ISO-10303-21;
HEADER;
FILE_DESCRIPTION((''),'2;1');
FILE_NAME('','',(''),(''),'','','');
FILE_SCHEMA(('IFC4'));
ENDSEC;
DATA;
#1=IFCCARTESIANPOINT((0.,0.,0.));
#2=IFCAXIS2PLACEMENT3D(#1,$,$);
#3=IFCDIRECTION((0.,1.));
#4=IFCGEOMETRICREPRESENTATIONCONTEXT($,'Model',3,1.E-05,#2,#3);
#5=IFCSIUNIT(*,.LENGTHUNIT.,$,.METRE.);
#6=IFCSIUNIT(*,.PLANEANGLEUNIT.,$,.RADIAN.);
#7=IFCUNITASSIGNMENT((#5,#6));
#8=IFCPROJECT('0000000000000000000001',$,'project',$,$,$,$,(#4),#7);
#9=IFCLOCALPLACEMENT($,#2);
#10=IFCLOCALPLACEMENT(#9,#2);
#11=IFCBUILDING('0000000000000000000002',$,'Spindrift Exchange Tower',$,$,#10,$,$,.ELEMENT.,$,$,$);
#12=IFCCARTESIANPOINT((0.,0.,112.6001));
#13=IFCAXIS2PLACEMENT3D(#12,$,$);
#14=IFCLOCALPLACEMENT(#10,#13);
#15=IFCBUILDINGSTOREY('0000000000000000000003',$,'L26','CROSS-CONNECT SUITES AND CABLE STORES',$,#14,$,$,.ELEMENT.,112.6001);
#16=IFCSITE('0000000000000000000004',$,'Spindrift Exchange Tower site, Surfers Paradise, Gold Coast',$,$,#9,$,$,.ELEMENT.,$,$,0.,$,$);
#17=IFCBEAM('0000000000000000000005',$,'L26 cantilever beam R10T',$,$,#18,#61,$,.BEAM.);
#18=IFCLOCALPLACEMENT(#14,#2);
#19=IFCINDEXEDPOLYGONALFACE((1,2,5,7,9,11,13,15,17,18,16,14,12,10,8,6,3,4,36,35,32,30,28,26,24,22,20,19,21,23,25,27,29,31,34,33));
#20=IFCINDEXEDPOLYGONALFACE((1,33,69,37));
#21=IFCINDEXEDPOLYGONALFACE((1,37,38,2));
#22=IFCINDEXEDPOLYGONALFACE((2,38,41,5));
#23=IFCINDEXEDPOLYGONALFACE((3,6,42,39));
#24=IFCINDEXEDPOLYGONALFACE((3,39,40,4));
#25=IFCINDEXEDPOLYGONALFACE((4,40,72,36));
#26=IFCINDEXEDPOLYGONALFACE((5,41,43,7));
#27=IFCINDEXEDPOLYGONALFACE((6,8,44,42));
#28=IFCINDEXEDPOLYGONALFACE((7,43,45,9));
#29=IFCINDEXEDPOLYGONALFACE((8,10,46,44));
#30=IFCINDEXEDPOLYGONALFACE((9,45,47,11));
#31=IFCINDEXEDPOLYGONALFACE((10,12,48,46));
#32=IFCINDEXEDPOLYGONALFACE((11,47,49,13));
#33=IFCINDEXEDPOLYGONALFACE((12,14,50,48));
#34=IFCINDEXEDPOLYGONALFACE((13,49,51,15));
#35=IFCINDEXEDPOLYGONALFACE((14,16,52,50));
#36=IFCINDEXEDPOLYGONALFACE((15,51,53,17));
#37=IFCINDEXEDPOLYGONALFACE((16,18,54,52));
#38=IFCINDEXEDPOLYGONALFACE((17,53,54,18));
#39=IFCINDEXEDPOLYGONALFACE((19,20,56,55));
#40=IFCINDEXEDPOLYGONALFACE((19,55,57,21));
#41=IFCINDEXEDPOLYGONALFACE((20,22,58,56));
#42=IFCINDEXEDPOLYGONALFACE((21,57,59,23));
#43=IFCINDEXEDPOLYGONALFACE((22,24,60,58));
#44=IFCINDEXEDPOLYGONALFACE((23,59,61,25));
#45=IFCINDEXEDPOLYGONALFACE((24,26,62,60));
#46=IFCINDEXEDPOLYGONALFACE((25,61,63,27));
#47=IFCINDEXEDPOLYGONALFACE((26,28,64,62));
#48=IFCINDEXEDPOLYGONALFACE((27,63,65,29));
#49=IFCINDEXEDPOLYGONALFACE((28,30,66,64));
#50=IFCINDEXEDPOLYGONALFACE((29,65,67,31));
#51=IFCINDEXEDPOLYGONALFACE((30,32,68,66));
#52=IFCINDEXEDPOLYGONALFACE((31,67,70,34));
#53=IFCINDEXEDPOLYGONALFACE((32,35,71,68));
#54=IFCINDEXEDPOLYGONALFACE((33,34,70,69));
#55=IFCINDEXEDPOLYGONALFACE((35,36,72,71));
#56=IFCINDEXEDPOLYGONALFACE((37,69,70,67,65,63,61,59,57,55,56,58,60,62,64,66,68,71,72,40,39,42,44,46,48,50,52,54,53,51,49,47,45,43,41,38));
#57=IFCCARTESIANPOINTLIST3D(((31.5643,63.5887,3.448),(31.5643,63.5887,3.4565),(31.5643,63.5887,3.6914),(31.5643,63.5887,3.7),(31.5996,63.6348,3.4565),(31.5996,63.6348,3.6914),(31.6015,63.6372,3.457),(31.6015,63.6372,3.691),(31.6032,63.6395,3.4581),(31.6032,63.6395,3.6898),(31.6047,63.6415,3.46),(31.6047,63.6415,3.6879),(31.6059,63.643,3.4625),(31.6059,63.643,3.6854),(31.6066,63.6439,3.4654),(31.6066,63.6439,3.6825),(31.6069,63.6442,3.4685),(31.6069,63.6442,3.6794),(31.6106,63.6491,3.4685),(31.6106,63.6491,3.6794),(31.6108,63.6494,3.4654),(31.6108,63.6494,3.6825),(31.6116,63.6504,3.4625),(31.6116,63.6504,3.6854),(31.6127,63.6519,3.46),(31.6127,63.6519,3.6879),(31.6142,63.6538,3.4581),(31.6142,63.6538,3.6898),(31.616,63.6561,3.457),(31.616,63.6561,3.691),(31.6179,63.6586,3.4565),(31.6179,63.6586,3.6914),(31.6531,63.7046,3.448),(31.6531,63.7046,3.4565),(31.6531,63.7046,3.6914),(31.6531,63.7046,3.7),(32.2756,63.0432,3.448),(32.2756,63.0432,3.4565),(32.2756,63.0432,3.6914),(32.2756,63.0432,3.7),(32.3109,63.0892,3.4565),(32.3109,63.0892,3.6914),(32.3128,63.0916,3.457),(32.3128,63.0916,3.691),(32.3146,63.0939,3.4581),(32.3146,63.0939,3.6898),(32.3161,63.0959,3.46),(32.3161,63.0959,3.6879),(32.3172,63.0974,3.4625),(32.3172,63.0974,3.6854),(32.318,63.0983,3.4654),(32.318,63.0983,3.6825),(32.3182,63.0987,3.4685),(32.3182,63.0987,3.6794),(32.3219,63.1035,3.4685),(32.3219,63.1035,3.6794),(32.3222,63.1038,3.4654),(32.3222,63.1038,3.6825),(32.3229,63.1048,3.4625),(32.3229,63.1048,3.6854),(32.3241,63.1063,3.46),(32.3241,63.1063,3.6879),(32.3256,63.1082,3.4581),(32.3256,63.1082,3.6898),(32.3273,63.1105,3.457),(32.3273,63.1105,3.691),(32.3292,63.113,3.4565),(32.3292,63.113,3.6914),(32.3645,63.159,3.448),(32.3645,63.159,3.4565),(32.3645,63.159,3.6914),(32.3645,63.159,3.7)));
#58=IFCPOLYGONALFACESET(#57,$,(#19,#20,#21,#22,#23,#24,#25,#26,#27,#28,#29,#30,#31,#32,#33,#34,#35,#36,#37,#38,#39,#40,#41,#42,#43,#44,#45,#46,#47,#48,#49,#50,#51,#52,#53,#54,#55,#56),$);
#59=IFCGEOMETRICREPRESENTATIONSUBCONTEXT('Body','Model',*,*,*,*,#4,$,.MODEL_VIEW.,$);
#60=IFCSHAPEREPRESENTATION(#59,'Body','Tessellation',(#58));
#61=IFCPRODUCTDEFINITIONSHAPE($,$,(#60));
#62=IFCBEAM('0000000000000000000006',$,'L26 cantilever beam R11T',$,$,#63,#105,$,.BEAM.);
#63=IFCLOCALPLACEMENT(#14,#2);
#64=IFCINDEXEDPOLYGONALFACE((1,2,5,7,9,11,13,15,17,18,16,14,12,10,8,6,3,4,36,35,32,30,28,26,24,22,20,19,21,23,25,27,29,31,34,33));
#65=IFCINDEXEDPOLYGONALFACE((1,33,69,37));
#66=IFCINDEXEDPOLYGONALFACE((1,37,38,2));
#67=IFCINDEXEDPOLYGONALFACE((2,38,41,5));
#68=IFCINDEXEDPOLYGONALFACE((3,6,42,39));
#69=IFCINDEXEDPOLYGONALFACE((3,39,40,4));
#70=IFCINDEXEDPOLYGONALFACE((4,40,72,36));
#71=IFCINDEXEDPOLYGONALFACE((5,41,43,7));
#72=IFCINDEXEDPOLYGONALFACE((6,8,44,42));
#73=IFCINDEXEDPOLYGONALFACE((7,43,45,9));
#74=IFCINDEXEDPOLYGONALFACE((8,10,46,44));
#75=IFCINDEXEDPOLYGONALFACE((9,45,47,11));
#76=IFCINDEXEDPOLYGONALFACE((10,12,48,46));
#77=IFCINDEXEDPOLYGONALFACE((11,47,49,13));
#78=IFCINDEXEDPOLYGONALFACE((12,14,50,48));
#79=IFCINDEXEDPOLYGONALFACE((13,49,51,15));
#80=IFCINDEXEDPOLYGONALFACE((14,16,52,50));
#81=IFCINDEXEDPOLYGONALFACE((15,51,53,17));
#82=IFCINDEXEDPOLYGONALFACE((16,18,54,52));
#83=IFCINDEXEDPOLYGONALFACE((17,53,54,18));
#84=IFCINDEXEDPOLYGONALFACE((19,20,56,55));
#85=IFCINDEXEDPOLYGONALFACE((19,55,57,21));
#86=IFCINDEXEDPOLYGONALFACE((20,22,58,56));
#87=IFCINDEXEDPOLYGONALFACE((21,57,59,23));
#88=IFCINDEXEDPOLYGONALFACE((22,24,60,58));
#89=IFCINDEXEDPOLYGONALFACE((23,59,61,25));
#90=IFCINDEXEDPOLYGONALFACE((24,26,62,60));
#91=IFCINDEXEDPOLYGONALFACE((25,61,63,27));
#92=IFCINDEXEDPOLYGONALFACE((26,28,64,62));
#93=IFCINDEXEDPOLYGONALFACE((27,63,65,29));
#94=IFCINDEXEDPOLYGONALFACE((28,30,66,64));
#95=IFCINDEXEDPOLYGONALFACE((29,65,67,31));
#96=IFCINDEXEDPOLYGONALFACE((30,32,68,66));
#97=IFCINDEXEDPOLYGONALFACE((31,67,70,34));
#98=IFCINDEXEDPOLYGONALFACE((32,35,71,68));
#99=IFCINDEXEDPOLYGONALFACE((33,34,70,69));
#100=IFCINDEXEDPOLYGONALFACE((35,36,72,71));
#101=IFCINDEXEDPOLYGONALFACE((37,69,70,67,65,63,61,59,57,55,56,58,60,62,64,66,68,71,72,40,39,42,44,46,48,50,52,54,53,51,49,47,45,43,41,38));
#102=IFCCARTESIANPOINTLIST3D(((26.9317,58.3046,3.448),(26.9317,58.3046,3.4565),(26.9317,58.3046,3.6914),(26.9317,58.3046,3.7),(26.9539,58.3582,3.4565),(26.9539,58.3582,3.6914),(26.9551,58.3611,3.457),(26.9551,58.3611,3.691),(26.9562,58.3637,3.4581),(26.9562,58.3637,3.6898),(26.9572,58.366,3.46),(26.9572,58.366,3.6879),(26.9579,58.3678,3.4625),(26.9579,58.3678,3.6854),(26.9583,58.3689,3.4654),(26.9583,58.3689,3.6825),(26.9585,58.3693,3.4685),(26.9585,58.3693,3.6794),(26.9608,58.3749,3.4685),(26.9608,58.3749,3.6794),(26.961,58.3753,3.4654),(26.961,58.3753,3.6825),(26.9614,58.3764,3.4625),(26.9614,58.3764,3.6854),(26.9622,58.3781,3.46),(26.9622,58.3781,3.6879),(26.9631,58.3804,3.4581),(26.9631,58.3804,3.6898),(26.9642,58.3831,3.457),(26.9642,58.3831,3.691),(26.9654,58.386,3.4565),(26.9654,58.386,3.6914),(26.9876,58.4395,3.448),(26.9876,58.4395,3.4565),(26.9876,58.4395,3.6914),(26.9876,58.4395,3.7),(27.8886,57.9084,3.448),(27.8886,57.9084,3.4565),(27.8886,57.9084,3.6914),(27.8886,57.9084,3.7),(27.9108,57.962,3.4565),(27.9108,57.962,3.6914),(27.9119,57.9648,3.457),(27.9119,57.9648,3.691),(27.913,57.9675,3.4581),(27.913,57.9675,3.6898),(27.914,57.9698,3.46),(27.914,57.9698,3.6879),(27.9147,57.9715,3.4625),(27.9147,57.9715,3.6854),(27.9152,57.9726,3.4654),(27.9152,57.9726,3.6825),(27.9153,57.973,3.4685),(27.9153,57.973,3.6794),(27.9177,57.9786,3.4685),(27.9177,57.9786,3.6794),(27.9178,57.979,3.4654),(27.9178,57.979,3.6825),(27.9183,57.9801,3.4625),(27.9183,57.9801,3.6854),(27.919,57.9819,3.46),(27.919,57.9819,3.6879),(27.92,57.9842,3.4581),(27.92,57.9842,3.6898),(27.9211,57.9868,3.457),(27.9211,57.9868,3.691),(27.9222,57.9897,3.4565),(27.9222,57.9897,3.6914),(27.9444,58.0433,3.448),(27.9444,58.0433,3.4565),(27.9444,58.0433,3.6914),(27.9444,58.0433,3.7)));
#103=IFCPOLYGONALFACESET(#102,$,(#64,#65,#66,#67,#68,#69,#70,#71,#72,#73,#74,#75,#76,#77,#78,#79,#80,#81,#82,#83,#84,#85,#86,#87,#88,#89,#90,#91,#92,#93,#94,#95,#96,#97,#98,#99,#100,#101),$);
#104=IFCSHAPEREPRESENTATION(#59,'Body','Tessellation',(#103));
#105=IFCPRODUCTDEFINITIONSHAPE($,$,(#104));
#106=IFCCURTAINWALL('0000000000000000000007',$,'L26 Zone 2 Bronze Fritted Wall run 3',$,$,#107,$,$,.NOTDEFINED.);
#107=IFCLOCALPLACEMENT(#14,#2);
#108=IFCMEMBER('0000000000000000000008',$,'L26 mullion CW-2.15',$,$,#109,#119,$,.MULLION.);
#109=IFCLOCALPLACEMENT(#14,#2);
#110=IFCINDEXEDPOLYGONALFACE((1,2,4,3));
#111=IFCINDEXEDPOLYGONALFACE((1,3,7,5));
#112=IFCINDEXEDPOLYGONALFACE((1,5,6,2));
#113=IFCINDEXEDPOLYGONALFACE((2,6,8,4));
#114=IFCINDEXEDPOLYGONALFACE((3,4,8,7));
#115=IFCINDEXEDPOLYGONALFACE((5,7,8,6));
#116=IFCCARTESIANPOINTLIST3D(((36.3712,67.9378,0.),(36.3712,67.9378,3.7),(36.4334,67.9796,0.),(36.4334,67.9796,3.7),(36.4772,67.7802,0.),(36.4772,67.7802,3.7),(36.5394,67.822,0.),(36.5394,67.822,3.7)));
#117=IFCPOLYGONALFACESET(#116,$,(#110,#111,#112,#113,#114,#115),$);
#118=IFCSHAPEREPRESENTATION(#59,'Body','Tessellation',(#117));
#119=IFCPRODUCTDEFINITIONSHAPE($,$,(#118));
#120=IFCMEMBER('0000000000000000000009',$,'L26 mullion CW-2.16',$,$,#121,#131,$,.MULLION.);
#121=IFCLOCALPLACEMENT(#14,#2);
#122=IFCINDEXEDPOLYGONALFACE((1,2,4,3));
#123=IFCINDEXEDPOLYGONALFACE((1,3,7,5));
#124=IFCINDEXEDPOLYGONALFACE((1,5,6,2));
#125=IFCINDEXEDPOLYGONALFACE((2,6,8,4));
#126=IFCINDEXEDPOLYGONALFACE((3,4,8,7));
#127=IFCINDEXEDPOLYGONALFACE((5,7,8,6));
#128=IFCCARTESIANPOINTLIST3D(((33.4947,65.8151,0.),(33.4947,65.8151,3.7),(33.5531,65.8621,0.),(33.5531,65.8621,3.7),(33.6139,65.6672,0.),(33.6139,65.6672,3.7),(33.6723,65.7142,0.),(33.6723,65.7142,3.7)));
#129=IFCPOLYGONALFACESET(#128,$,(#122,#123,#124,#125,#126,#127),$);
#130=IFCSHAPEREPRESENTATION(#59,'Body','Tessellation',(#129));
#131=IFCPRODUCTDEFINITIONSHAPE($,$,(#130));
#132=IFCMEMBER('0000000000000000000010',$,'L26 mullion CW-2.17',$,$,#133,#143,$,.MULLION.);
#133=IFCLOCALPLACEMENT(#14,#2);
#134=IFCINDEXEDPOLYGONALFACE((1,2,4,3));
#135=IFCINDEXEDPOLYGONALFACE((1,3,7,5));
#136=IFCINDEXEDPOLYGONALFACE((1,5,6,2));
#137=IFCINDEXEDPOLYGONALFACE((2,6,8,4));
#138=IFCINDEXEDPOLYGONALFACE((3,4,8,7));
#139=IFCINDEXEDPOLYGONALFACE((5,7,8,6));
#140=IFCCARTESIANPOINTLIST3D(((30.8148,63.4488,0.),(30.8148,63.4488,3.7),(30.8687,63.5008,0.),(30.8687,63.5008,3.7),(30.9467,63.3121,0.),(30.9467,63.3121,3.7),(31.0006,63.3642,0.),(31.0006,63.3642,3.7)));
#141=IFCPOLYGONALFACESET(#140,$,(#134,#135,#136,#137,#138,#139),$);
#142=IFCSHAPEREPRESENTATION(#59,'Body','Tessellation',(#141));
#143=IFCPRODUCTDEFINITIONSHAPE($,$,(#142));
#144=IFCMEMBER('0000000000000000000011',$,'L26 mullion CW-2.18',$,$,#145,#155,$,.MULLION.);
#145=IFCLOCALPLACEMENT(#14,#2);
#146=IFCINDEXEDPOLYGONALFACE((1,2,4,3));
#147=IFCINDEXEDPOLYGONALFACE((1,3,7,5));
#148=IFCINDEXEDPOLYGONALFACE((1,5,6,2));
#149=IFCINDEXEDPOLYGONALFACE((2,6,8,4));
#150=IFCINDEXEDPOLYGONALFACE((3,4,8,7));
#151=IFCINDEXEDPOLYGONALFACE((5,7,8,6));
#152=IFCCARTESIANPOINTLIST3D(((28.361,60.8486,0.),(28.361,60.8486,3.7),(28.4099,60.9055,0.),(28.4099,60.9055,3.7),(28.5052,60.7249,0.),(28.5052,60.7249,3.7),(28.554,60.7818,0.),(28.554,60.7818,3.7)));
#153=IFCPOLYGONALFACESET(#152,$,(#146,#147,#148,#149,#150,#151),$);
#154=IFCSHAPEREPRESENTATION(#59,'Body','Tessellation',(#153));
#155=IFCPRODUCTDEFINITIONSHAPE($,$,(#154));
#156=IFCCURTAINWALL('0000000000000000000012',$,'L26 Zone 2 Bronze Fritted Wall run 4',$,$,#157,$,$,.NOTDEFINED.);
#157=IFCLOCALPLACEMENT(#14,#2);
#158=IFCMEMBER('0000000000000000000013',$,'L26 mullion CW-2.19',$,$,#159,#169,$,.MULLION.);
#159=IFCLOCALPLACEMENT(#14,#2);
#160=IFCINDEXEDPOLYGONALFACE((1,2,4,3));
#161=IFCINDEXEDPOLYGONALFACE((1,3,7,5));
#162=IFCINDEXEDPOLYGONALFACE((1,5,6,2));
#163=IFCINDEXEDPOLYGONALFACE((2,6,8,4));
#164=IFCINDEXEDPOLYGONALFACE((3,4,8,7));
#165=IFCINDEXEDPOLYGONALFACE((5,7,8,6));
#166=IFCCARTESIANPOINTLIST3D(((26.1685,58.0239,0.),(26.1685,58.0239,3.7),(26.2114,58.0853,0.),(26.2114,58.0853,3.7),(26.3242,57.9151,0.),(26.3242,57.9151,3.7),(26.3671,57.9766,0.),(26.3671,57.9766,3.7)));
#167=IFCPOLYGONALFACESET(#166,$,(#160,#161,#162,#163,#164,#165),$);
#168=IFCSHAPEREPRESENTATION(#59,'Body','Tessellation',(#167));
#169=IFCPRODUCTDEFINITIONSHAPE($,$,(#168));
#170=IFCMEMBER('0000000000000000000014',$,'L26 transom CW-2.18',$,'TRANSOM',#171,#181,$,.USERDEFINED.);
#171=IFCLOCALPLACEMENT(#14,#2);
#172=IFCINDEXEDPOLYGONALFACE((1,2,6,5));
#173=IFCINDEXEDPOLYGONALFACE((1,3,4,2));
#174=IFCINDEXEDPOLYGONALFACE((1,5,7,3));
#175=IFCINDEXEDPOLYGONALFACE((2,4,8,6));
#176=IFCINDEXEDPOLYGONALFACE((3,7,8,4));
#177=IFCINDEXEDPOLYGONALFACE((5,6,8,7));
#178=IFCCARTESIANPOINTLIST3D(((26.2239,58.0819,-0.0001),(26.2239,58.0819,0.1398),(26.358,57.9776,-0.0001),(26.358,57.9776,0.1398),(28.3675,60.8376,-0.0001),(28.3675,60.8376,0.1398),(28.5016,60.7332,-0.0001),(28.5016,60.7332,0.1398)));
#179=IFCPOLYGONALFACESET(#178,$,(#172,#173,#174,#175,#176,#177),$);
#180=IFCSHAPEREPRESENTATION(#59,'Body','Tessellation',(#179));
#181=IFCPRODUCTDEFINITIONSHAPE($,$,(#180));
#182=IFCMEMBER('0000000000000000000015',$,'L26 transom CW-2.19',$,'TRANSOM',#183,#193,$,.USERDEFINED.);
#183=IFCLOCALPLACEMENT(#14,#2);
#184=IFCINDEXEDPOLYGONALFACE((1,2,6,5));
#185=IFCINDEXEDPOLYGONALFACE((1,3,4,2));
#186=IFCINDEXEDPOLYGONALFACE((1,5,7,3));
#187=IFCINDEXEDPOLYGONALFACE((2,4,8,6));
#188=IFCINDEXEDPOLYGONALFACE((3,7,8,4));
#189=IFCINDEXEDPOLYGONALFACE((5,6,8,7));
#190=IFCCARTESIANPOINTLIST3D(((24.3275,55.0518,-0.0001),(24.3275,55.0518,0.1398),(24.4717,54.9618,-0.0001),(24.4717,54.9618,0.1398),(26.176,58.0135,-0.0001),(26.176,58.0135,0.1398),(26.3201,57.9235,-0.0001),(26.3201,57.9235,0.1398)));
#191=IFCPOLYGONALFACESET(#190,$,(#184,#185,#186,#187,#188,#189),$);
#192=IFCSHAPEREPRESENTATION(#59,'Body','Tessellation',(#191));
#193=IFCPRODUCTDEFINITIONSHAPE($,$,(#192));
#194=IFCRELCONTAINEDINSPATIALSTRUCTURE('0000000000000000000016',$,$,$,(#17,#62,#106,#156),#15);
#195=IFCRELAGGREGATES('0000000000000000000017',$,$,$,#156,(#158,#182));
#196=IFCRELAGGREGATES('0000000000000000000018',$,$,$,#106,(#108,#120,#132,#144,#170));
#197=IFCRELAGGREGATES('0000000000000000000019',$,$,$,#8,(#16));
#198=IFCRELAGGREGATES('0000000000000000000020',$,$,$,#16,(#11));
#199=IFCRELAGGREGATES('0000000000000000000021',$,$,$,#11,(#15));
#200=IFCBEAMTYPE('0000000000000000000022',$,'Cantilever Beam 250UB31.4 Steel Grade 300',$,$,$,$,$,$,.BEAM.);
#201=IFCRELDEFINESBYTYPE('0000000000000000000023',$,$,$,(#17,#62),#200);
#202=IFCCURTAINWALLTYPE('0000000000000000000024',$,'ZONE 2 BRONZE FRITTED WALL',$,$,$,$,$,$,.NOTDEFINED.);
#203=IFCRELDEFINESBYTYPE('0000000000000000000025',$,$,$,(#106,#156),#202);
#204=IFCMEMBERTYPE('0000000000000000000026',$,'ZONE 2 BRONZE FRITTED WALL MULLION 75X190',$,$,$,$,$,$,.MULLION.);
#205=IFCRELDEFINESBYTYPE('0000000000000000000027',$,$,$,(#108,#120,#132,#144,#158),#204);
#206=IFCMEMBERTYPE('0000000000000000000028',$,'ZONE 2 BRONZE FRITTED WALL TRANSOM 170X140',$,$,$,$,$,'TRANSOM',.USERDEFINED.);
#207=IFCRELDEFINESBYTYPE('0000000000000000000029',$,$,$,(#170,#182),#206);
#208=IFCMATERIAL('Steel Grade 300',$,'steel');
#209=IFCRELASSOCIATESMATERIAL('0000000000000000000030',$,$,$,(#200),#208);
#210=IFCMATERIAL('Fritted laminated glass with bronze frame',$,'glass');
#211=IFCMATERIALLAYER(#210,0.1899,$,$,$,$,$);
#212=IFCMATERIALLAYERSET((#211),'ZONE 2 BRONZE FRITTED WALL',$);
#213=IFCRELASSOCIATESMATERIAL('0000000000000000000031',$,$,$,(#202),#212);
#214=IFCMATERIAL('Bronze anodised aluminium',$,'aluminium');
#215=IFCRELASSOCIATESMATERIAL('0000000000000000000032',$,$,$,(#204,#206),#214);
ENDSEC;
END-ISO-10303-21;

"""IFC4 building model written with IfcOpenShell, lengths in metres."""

from ifc_helpers import new_model, si_unit, direction, frame, origin, origin_2d, place, context, subcontext, project, spatial, rectangle, i_section, extrude, source, transform, mapped, material, layer, layer_set, material_profile, profile_set, type_object, element, aggregate, save


model = new_model("IFC4")

# Units and contexts
model_context = context("Model", 3, precision=1e-05, world=origin(), true_north=direction((0.0, 1.0)))
body_context = subcontext(model_context, "Body", "Model", "MODEL_VIEW")
ifc_project = project(units=[si_unit("LENGTHUNIT", "METRE"), si_unit("PLANEANGLEUNIT", "RADIAN")], contexts=[model_context])

# Site, building, storey
site_placement = place(None, origin())
site = spatial("IfcSite", under=ifc_project, at=site_placement, Name="Spindrift Exchange Tower site, Surfers Paradise, Gold Coast", CompositionType="ELEMENT", RefElevation=0.0)
building_placement = place(site_placement, origin())
building = spatial("IfcBuilding", under=site, at=building_placement, Name="Spindrift Exchange Tower", CompositionType="ELEMENT")
storey_placement = place(building_placement, frame((0.0, 0.0, 112.6001)))
storey = spatial("IfcBuildingStorey", under=building, at=storey_placement, Name="L26", Description="CROSS-CONNECT SUITES AND CABLE STORES", CompositionType="ELEMENT", Elevation=112.6001)

# Beams
ifc_material_1 = material(Name="Steel Grade 300", Category="steel")
ifc_material_profile_1 = material_profile(ifc_material_1, i_section(OverallWidth=0.146, OverallDepth=0.252, WebThickness=0.0061, FlangeThickness=0.0085, FilletRadius=0.012, at=origin_2d()), Name="250UB31.4")
ifc_profile_set_1 = profile_set([ifc_material_profile_1], Name="Steel Grade 300")
beam_type_1 = type_object("IfcBeamType", Name="Cantilever Beam 250UB31.4 Steel Grade 300", PredefinedType="BEAM", material=ifc_profile_set_1)
shared_shape_1 = source(origin(), body_context, "Body", "SweptSolid", [
    extrude(i_section(OverallWidth=0.146, OverallDepth=0.252, WebThickness=0.0061, FlangeThickness=0.0085, FilletRadius=0.012, at=origin_2d()), origin(), (0.0, 0.0, 1.0), 0.8965),
])
beam_1_placement = place(storey_placement, frame((32.3201, 63.1011, 3.574), z_axis=(-0.793484, 0.608592, 0.0), x_axis=(-0.608592, -0.793484, 0.0)))
element("IfcBeam", 1, at=beam_1_placement, inside=storey, type_object=beam_type_1, Name="L26 cantilever beam R10T", PredefinedType="BEAM", context=body_context, shape_type="MappedRepresentation", body=[
    mapped(shared_shape_1, transform((0.0, 0.0, 0.0), scale=1.0)),
])
shared_shape_2 = source(origin(), body_context, "Body", "SweptSolid", [
    extrude(i_section(OverallWidth=0.146, OverallDepth=0.252, WebThickness=0.0061, FlangeThickness=0.0085, FilletRadius=0.012, at=origin_2d()), origin(), (0.0, 0.0, 1.0), 1.0356),
])
beam_2_placement = place(storey_placement, frame((27.9165, 57.9758, 3.574), z_axis=(-0.923905, 0.382622, 0.0), x_axis=(-0.382622, -0.923905, 0.0)))
element("IfcBeam", 2, at=beam_2_placement, inside=storey, type_object=beam_type_1, Name="L26 cantilever beam R11T", PredefinedType="BEAM", context=body_context, shape_type="MappedRepresentation", body=[
    mapped(shared_shape_2, transform((0.0, 0.0, 0.0), scale=1.0)),
])

# Curtain wall, members
ifc_material_2 = material(Name="Fritted laminated glass with bronze frame", Category="glass")
ifc_layer_1 = layer(ifc_material_2, 0.1899)
ifc_layer_set_1 = layer_set([ifc_layer_1], Name="ZONE 2 BRONZE FRITTED WALL")
curtain_wall_type = type_object("IfcCurtainWallType", Name="ZONE 2 BRONZE FRITTED WALL", PredefinedType="NOTDEFINED", material=ifc_layer_set_1)
curtain_wall_1_placement = place(storey_placement, origin())
curtain_wall_1 = element("IfcCurtainWall", 3, at=curtain_wall_1_placement, inside=storey, type_object=curtain_wall_type, Name="L26 Zone 2 Bronze Fritted Wall run 3", PredefinedType="NOTDEFINED")
ifc_material_3 = material(Name="Bronze anodised aluminium", Category="aluminium")
ifc_material_profile_2 = material_profile(ifc_material_3, rectangle(XDim=0.075, YDim=0.1899, at=origin_2d()), Name="ZONE 2 BRONZE FRITTED WALL MULLION 75X190")
ifc_profile_set_2 = profile_set([ifc_material_profile_2], Name="Bronze anodised aluminium")
member_type_1 = type_object("IfcMemberType", Name="ZONE 2 BRONZE FRITTED WALL MULLION 75X190", PredefinedType="MULLION", material=ifc_profile_set_2)
shared_shape_3 = source(origin(), body_context, "Body", "SweptSolid", [
    extrude(rectangle(XDim=0.075, YDim=0.1899, at=origin_2d()), origin(), (0.0, 0.0, 1.0), 3.7),
])
member_1_placement = place(storey_placement, frame((36.4553, 67.8799, 0.0), z_axis=(0.0, 0.0, 1.0), x_axis=(-0.829707, -0.558199, 0.0)))
member_1 = element("IfcMember", 4, at=member_1_placement, type_object=member_type_1, Name="L26 mullion CW-2.15", PredefinedType="MULLION", context=body_context, shape_type="MappedRepresentation", body=[
    mapped(shared_shape_3, transform((0.0, 0.0, 0.0), scale=1.0)),
])
member_2_placement = place(storey_placement, frame((33.5835, 65.7646, 0.0), z_axis=(0.0, 0.0, 1.0), x_axis=(-0.778459, -0.627695, 0.0)))
member_2 = element("IfcMember", 5, at=member_2_placement, type_object=member_type_1, Name="L26 mullion CW-2.16", PredefinedType="MULLION", context=body_context, shape_type="MappedRepresentation", body=[
    mapped(shared_shape_3, transform((0.0, 0.0, 0.0), scale=1.0)),
])
member_3_placement = place(storey_placement, frame((30.9077, 63.4065, 0.0), z_axis=(0.0, 0.0, 1.0), x_axis=(-0.719389, -0.694607, 0.0)))
member_3 = element("IfcMember", 6, at=member_3_placement, type_object=member_type_1, Name="L26 mullion CW-2.17", PredefinedType="MULLION", context=body_context, shape_type="MappedRepresentation", body=[
    mapped(shared_shape_3, transform((0.0, 0.0, 0.0), scale=1.0)),
])
member_4_placement = place(storey_placement, frame((28.4575, 60.8152, 0.0), z_axis=(0.0, 0.0, 1.0), x_axis=(-0.651255, -0.758859, 0.0)))
member_4 = element("IfcMember", 7, at=member_4_placement, type_object=member_type_1, Name="L26 mullion CW-2.18", PredefinedType="MULLION", context=body_context, shape_type="MappedRepresentation", body=[
    mapped(shared_shape_3, transform((0.0, 0.0, 0.0), scale=1.0)),
])

# Curtain wall, member
curtain_wall_2_placement = place(storey_placement, origin())
curtain_wall_2 = element("IfcCurtainWall", 8, at=curtain_wall_2_placement, inside=storey, type_object=curtain_wall_type, Name="L26 Zone 2 Bronze Fritted Wall run 4", PredefinedType="NOTDEFINED")
member_5_placement = place(storey_placement, frame((26.2678, 58.0002, 0.0), z_axis=(0.0, 0.0, 1.0), x_axis=(-0.572494, -0.819909, 0.0)))
member_5 = element("IfcMember", 9, at=member_5_placement, type_object=member_type_1, Name="L26 mullion CW-2.19", PredefinedType="MULLION", context=body_context, shape_type="MappedRepresentation", body=[
    mapped(shared_shape_3, transform((0.0, 0.0, 0.0), scale=1.0)),
])

# Members
ifc_material_profile_3 = material_profile(ifc_material_3, rectangle(XDim=0.1699, YDim=0.1399, at=origin_2d()), Name="ZONE 2 BRONZE FRITTED WALL TRANSOM 170X140")
ifc_profile_set_3 = profile_set([ifc_material_profile_3], Name="Bronze anodised aluminium")
member_type_2 = type_object("IfcMemberType", Name="ZONE 2 BRONZE FRITTED WALL TRANSOM 170X140", ElementType="TRANSOM", PredefinedType="USERDEFINED", material=ifc_profile_set_3)
shared_shape_4 = source(origin(), body_context, "Body", "SweptSolid", [
    extrude(rectangle(XDim=0.1699, YDim=0.1399, at=origin_2d()), origin(), (0.0, 0.0, 1.0), 3.4912),
])
member_6_placement = place(storey_placement, frame((28.4346, 60.7854, 0.0698), z_axis=(-0.613994, -0.789311, 0.0), x_axis=(0.789311, -0.613994, 0.0)))
member_6 = element("IfcMember", 10, at=member_6_placement, type_object=member_type_2, Name="L26 transom CW-2.18", ObjectType="TRANSOM", PredefinedType="USERDEFINED", context=body_context, shape_type="MappedRepresentation", body=[
    mapped(shared_shape_4, transform((0.0, 0.0, 0.0), scale=1.0)),
])
member_7_placement = place(storey_placement, frame((26.248, 57.9685, 0.0698), z_axis=(-0.529452, -0.84834, 0.0), x_axis=(0.84834, -0.529452, 0.0)))
member_7 = element("IfcMember", 11, at=member_7_placement, type_object=member_type_2, Name="L26 transom CW-2.19", ObjectType="TRANSOM", PredefinedType="USERDEFINED", context=body_context, shape_type="MappedRepresentation", body=[
    mapped(shared_shape_4, transform((0.0, 0.0, 0.0), scale=1.0)),
])
aggregate(curtain_wall_2, [member_5, member_7])

aggregate(curtain_wall_1, [member_1, member_2, member_3, member_4, member_6])

save(model, "model.ifc")
